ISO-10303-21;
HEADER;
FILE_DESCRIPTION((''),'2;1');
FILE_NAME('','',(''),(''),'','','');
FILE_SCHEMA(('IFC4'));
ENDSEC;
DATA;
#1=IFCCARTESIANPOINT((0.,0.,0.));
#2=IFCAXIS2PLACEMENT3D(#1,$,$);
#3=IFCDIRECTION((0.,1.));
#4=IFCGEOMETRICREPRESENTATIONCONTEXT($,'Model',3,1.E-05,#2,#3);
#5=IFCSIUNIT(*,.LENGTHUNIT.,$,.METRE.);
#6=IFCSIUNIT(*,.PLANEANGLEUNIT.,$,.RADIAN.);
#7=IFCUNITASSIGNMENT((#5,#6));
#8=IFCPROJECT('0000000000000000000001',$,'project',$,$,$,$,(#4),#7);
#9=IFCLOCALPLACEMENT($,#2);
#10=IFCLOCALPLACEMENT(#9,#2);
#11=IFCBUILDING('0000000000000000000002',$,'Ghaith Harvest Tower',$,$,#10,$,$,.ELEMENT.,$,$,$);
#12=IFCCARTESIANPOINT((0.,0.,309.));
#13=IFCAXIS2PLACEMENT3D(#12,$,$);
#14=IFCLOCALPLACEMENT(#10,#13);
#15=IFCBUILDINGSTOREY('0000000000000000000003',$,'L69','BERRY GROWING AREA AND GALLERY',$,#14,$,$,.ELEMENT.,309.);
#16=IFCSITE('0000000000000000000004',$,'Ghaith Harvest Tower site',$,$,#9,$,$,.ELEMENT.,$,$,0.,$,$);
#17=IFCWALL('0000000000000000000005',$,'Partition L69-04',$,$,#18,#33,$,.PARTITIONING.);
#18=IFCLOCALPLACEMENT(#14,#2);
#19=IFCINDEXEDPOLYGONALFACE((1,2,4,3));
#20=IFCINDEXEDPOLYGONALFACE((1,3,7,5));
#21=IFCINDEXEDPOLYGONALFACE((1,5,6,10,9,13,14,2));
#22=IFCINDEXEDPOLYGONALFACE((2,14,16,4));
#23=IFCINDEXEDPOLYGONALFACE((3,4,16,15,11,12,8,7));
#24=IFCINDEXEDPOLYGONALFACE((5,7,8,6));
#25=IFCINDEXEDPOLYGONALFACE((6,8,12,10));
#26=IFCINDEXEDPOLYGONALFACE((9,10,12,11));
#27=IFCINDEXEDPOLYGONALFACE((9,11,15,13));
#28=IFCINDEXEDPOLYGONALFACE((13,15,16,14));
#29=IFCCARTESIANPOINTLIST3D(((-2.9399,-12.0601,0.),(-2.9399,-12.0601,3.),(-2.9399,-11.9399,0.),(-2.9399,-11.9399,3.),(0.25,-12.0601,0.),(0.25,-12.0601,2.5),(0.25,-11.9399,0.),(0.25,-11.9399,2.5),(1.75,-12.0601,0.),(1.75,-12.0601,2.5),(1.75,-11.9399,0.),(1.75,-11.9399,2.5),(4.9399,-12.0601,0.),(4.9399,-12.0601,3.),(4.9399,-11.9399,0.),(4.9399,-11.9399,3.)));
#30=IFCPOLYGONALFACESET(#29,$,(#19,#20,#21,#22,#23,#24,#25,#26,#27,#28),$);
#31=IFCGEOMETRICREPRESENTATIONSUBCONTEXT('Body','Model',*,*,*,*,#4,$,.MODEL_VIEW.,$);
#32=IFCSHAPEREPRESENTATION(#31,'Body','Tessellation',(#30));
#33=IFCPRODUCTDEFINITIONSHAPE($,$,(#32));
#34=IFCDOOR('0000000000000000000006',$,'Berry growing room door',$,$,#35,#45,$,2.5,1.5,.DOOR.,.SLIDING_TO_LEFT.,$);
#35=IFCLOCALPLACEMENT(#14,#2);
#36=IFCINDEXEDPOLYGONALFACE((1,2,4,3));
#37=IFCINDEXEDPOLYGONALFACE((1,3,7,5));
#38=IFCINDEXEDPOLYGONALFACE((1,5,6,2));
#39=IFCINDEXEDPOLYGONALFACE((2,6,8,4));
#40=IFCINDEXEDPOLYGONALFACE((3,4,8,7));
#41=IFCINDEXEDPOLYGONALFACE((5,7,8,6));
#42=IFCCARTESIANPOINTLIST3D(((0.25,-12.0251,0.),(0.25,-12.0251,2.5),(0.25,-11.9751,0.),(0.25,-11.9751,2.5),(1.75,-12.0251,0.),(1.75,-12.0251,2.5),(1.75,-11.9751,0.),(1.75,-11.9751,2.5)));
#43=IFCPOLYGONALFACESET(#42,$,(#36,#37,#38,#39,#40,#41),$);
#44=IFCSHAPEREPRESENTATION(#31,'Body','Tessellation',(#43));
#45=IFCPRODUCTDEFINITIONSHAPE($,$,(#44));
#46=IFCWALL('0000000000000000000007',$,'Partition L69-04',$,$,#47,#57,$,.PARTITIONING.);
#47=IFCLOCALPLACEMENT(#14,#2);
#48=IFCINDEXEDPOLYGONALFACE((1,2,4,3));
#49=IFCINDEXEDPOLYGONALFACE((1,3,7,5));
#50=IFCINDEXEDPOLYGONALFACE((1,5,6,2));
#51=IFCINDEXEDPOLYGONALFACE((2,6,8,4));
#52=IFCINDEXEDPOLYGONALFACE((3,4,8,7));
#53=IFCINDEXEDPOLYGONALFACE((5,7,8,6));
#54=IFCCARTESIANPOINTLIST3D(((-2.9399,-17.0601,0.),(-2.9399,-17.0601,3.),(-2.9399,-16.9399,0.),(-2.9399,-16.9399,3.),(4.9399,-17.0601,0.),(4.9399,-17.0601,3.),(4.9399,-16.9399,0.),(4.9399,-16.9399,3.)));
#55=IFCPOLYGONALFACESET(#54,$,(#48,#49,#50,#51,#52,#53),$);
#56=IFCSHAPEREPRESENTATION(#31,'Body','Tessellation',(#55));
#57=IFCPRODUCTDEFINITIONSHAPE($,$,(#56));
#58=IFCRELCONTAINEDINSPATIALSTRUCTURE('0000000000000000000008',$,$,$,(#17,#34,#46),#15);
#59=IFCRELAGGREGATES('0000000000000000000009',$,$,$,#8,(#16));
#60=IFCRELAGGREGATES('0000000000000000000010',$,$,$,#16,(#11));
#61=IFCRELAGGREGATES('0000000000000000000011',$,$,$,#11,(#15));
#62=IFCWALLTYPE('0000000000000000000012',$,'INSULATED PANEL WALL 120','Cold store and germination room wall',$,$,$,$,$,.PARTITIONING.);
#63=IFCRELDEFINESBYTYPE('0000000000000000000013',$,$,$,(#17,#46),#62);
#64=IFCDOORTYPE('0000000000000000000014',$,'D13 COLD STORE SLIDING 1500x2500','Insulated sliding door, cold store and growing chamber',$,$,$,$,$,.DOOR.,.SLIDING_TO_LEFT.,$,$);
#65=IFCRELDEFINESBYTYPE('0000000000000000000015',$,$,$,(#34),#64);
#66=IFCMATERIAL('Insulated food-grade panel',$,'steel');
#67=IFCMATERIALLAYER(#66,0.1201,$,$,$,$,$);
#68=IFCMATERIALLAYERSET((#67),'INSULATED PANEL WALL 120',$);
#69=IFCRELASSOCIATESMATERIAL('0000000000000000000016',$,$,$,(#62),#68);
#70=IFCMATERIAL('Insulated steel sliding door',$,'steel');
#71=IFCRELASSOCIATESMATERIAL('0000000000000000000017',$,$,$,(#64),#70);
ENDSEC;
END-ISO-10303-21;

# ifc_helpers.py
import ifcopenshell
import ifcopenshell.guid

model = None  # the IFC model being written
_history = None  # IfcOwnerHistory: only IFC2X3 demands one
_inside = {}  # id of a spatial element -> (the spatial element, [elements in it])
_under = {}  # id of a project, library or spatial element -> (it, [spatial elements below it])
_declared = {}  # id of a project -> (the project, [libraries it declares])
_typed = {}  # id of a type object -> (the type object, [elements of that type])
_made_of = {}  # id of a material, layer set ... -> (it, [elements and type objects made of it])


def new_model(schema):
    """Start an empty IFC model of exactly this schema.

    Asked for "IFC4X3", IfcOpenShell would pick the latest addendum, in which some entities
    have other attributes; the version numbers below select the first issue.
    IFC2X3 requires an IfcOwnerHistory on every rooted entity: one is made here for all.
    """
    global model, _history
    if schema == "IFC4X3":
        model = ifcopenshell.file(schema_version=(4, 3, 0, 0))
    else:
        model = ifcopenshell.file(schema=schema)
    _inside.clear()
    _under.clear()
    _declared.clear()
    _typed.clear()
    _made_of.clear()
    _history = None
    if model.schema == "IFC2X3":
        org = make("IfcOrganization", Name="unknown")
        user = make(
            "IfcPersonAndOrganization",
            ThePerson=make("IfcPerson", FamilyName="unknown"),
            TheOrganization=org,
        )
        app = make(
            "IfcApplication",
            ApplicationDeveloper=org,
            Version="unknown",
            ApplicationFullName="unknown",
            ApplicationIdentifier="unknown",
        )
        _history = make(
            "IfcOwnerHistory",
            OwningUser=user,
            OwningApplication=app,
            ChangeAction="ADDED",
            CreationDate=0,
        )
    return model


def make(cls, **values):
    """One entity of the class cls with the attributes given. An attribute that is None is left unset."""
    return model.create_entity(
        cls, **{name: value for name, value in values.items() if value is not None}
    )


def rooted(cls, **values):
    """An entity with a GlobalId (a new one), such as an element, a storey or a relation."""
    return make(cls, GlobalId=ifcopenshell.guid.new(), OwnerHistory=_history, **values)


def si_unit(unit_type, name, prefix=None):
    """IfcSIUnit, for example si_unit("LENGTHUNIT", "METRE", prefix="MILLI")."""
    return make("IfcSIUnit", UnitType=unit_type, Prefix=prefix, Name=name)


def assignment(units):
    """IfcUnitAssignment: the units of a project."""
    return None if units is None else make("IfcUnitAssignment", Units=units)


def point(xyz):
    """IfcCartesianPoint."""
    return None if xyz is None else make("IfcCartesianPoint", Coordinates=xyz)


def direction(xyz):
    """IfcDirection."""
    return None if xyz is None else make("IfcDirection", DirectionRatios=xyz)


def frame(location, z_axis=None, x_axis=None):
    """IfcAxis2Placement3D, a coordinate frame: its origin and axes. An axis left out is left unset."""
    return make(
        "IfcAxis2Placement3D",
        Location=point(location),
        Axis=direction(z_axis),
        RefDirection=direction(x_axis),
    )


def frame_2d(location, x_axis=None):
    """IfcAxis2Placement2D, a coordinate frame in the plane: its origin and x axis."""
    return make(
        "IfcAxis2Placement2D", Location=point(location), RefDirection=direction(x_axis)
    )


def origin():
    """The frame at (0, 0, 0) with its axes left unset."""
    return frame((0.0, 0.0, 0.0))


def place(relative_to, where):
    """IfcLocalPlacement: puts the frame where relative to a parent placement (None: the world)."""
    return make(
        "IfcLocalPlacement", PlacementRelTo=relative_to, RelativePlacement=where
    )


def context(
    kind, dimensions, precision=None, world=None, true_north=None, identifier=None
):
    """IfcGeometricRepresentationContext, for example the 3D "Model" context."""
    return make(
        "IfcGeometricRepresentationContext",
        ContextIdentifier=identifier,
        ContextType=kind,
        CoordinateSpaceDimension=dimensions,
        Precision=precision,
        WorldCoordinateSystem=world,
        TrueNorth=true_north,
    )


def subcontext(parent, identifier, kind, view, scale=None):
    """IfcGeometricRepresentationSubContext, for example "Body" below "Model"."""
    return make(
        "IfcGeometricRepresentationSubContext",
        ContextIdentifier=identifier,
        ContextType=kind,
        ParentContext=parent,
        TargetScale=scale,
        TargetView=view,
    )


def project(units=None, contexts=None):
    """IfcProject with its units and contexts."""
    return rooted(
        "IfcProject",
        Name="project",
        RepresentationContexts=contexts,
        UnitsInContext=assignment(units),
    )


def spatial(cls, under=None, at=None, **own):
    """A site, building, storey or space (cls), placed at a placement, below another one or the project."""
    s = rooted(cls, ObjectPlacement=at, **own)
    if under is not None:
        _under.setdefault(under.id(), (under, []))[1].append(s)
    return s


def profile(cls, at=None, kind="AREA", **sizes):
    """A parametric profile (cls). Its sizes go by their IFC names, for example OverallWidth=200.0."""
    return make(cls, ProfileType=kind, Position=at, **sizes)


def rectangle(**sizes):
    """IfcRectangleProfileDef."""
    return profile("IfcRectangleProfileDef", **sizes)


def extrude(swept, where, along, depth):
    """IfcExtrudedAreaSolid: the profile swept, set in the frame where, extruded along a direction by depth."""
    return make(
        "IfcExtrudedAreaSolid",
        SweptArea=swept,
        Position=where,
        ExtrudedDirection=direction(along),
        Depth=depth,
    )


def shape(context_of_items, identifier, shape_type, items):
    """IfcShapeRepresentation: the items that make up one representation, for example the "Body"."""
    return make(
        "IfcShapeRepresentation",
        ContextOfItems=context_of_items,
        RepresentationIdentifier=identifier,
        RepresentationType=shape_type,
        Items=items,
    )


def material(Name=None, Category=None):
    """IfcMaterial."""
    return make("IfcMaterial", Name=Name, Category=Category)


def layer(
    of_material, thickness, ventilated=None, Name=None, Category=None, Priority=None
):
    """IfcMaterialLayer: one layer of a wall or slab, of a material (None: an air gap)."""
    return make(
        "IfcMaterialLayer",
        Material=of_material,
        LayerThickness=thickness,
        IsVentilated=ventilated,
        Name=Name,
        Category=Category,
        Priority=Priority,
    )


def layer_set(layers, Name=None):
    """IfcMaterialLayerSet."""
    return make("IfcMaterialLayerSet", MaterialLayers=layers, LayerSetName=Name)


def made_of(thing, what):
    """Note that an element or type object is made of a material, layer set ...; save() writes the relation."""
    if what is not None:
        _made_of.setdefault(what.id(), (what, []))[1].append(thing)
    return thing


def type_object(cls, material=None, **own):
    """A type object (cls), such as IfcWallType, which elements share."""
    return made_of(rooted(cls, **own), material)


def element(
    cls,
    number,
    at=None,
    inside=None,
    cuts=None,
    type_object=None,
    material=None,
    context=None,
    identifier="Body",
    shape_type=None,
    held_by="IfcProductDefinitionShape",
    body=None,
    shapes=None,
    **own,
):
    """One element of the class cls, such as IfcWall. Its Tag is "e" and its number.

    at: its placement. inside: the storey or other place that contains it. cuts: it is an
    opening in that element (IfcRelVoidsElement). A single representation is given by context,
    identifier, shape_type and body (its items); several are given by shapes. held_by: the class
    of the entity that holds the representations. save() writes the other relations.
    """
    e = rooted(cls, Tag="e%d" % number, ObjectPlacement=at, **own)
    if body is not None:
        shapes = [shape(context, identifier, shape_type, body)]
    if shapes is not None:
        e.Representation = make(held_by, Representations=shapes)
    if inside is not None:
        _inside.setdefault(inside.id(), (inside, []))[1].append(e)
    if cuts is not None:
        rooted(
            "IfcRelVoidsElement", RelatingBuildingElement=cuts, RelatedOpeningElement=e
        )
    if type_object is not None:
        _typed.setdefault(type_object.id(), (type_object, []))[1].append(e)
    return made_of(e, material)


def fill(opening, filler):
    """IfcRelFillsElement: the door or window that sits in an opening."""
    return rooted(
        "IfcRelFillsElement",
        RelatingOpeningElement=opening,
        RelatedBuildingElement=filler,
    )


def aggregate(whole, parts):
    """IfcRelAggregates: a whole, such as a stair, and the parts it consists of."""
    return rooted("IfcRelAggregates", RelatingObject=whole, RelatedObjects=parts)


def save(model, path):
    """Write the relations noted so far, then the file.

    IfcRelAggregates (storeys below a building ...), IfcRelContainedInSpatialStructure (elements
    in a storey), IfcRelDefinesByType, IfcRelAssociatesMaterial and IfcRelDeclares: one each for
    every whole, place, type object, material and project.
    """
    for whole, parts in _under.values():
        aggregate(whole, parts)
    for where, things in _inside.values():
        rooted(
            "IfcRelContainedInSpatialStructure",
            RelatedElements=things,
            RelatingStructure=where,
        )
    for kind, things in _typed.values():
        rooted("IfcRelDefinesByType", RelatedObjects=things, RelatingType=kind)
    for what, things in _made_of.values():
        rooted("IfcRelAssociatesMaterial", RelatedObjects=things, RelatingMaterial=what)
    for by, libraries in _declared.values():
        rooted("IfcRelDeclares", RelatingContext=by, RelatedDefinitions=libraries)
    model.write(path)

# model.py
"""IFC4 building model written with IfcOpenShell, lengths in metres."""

from ifc_helpers import new_model, si_unit, direction, frame, frame_2d, origin, place, context, subcontext, project, spatial, rectangle, extrude, material, layer, layer_set, type_object, element, fill, save


model = new_model("IFC4")

# Units and contexts
model_context = context("Model", 3, precision=1e-05, world=origin(), true_north=direction((0.0, 1.0)))
body_context = subcontext(model_context, "Body", "Model", "MODEL_VIEW")
ifc_project = project(units=[si_unit("LENGTHUNIT", "METRE"), si_unit("PLANEANGLEUNIT", "RADIAN")], contexts=[model_context])

# Site, building, storey
site_placement = place(None, origin())
site = spatial("IfcSite", under=ifc_project, at=site_placement, Name="Ghaith Harvest Tower site", CompositionType="ELEMENT", RefElevation=0.0)
building_placement = place(site_placement, origin())
building = spatial("IfcBuilding", under=site, at=building_placement, Name="Ghaith Harvest Tower", CompositionType="ELEMENT")
storey_placement = place(building_placement, frame((0.0, 0.0, 309.0)))
storey = spatial("IfcBuildingStorey", under=building, at=storey_placement, Name="L69", Description="BERRY GROWING AREA AND GALLERY", CompositionType="ELEMENT", Elevation=309.0)

# Shared definitions
ifc_material_1 = material(Name="Insulated food-grade panel", Category="steel")
ifc_layer_1 = layer(ifc_material_1, 0.1201)
ifc_layer_set_1 = layer_set([ifc_layer_1], Name="INSULATED PANEL WALL 120")
wall_type = type_object("IfcWallType", Name="INSULATED PANEL WALL 120", Description="Cold store and germination room wall", PredefinedType="PARTITIONING", material=ifc_layer_set_1)

# Shared definitions
ifc_material_2 = material(Name="Insulated steel sliding door", Category="steel")
door_type = type_object("IfcDoorType", Name="D13 COLD STORE SLIDING 1500x2500", Description="Insulated sliding door, cold store and growing chamber", OperationType="SLIDING_TO_LEFT", PredefinedType="DOOR", material=ifc_material_2)

# Wall, opening, door
wall_1_placement = place(storey_placement, frame((-2.9399, -12.0, 0.0), z_axis=(0.0, 0.0, 1.0), x_axis=(1.0, 0.0, 0.0)))
wall_1 = element("IfcWall", 1, at=wall_1_placement, inside=storey, type_object=wall_type, Name="Partition L69-04", PredefinedType="PARTITIONING", context=body_context, shape_type="SweptSolid", body=[
    extrude(rectangle(XDim=7.8799, YDim=0.1201, at=frame_2d((3.9399, 0.0))), origin(), (0.0, 0.0, 1.0), 3.0),
])
opening_1_placement = place(wall_1_placement, frame((3.1899, 0.0, 0.0)))
opening_1 = element("IfcOpeningElement", 2, at=opening_1_placement, cuts=wall_1, PredefinedType="OPENING", context=body_context, shape_type="SweptSolid", body=[
    extrude(rectangle(XDim=1.5, YDim=2.5, at=frame_2d((0.75, 1.25))), frame((0.0, 0.0701, 0.0), z_axis=(0.0, -1.0, 0.0), x_axis=(1.0, 0.0, 0.0)), (0.0, 0.0, 1.0), 0.1401),
])
door_1_placement = place(opening_1_placement, origin())
door_1 = element("IfcDoor", 3, at=door_1_placement, inside=storey, type_object=door_type, Name="Berry growing room door", OperationType="SLIDING_TO_LEFT", OverallHeight=2.5, OverallWidth=1.5, PredefinedType="DOOR", context=body_context, shape_type="SweptSolid", body=[
    extrude(rectangle(XDim=1.5, YDim=2.5, at=frame_2d((0.75, 1.25))), frame((0.0, 0.0249, 0.0), z_axis=(0.0, -1.0, 0.0), x_axis=(1.0, 0.0, 0.0)), (0.0, 0.0, 1.0), 0.05),
])
fill(opening_1, door_1)

# Wall
wall_2_placement = place(storey_placement, frame((-2.9399, -17.0, 0.0), z_axis=(0.0, 0.0, 1.0), x_axis=(1.0, 0.0, 0.0)))
element("IfcWall", 4, at=wall_2_placement, inside=storey, type_object=wall_type, Name="Partition L69-04", PredefinedType="PARTITIONING", context=body_context, shape_type="SweptSolid", body=[
    extrude(rectangle(XDim=7.8799, YDim=0.1201, at=frame_2d((3.9399, 0.0))), origin(), (0.0, 0.0, 1.0), 3.0),
])

save(model, "model.ifc")
